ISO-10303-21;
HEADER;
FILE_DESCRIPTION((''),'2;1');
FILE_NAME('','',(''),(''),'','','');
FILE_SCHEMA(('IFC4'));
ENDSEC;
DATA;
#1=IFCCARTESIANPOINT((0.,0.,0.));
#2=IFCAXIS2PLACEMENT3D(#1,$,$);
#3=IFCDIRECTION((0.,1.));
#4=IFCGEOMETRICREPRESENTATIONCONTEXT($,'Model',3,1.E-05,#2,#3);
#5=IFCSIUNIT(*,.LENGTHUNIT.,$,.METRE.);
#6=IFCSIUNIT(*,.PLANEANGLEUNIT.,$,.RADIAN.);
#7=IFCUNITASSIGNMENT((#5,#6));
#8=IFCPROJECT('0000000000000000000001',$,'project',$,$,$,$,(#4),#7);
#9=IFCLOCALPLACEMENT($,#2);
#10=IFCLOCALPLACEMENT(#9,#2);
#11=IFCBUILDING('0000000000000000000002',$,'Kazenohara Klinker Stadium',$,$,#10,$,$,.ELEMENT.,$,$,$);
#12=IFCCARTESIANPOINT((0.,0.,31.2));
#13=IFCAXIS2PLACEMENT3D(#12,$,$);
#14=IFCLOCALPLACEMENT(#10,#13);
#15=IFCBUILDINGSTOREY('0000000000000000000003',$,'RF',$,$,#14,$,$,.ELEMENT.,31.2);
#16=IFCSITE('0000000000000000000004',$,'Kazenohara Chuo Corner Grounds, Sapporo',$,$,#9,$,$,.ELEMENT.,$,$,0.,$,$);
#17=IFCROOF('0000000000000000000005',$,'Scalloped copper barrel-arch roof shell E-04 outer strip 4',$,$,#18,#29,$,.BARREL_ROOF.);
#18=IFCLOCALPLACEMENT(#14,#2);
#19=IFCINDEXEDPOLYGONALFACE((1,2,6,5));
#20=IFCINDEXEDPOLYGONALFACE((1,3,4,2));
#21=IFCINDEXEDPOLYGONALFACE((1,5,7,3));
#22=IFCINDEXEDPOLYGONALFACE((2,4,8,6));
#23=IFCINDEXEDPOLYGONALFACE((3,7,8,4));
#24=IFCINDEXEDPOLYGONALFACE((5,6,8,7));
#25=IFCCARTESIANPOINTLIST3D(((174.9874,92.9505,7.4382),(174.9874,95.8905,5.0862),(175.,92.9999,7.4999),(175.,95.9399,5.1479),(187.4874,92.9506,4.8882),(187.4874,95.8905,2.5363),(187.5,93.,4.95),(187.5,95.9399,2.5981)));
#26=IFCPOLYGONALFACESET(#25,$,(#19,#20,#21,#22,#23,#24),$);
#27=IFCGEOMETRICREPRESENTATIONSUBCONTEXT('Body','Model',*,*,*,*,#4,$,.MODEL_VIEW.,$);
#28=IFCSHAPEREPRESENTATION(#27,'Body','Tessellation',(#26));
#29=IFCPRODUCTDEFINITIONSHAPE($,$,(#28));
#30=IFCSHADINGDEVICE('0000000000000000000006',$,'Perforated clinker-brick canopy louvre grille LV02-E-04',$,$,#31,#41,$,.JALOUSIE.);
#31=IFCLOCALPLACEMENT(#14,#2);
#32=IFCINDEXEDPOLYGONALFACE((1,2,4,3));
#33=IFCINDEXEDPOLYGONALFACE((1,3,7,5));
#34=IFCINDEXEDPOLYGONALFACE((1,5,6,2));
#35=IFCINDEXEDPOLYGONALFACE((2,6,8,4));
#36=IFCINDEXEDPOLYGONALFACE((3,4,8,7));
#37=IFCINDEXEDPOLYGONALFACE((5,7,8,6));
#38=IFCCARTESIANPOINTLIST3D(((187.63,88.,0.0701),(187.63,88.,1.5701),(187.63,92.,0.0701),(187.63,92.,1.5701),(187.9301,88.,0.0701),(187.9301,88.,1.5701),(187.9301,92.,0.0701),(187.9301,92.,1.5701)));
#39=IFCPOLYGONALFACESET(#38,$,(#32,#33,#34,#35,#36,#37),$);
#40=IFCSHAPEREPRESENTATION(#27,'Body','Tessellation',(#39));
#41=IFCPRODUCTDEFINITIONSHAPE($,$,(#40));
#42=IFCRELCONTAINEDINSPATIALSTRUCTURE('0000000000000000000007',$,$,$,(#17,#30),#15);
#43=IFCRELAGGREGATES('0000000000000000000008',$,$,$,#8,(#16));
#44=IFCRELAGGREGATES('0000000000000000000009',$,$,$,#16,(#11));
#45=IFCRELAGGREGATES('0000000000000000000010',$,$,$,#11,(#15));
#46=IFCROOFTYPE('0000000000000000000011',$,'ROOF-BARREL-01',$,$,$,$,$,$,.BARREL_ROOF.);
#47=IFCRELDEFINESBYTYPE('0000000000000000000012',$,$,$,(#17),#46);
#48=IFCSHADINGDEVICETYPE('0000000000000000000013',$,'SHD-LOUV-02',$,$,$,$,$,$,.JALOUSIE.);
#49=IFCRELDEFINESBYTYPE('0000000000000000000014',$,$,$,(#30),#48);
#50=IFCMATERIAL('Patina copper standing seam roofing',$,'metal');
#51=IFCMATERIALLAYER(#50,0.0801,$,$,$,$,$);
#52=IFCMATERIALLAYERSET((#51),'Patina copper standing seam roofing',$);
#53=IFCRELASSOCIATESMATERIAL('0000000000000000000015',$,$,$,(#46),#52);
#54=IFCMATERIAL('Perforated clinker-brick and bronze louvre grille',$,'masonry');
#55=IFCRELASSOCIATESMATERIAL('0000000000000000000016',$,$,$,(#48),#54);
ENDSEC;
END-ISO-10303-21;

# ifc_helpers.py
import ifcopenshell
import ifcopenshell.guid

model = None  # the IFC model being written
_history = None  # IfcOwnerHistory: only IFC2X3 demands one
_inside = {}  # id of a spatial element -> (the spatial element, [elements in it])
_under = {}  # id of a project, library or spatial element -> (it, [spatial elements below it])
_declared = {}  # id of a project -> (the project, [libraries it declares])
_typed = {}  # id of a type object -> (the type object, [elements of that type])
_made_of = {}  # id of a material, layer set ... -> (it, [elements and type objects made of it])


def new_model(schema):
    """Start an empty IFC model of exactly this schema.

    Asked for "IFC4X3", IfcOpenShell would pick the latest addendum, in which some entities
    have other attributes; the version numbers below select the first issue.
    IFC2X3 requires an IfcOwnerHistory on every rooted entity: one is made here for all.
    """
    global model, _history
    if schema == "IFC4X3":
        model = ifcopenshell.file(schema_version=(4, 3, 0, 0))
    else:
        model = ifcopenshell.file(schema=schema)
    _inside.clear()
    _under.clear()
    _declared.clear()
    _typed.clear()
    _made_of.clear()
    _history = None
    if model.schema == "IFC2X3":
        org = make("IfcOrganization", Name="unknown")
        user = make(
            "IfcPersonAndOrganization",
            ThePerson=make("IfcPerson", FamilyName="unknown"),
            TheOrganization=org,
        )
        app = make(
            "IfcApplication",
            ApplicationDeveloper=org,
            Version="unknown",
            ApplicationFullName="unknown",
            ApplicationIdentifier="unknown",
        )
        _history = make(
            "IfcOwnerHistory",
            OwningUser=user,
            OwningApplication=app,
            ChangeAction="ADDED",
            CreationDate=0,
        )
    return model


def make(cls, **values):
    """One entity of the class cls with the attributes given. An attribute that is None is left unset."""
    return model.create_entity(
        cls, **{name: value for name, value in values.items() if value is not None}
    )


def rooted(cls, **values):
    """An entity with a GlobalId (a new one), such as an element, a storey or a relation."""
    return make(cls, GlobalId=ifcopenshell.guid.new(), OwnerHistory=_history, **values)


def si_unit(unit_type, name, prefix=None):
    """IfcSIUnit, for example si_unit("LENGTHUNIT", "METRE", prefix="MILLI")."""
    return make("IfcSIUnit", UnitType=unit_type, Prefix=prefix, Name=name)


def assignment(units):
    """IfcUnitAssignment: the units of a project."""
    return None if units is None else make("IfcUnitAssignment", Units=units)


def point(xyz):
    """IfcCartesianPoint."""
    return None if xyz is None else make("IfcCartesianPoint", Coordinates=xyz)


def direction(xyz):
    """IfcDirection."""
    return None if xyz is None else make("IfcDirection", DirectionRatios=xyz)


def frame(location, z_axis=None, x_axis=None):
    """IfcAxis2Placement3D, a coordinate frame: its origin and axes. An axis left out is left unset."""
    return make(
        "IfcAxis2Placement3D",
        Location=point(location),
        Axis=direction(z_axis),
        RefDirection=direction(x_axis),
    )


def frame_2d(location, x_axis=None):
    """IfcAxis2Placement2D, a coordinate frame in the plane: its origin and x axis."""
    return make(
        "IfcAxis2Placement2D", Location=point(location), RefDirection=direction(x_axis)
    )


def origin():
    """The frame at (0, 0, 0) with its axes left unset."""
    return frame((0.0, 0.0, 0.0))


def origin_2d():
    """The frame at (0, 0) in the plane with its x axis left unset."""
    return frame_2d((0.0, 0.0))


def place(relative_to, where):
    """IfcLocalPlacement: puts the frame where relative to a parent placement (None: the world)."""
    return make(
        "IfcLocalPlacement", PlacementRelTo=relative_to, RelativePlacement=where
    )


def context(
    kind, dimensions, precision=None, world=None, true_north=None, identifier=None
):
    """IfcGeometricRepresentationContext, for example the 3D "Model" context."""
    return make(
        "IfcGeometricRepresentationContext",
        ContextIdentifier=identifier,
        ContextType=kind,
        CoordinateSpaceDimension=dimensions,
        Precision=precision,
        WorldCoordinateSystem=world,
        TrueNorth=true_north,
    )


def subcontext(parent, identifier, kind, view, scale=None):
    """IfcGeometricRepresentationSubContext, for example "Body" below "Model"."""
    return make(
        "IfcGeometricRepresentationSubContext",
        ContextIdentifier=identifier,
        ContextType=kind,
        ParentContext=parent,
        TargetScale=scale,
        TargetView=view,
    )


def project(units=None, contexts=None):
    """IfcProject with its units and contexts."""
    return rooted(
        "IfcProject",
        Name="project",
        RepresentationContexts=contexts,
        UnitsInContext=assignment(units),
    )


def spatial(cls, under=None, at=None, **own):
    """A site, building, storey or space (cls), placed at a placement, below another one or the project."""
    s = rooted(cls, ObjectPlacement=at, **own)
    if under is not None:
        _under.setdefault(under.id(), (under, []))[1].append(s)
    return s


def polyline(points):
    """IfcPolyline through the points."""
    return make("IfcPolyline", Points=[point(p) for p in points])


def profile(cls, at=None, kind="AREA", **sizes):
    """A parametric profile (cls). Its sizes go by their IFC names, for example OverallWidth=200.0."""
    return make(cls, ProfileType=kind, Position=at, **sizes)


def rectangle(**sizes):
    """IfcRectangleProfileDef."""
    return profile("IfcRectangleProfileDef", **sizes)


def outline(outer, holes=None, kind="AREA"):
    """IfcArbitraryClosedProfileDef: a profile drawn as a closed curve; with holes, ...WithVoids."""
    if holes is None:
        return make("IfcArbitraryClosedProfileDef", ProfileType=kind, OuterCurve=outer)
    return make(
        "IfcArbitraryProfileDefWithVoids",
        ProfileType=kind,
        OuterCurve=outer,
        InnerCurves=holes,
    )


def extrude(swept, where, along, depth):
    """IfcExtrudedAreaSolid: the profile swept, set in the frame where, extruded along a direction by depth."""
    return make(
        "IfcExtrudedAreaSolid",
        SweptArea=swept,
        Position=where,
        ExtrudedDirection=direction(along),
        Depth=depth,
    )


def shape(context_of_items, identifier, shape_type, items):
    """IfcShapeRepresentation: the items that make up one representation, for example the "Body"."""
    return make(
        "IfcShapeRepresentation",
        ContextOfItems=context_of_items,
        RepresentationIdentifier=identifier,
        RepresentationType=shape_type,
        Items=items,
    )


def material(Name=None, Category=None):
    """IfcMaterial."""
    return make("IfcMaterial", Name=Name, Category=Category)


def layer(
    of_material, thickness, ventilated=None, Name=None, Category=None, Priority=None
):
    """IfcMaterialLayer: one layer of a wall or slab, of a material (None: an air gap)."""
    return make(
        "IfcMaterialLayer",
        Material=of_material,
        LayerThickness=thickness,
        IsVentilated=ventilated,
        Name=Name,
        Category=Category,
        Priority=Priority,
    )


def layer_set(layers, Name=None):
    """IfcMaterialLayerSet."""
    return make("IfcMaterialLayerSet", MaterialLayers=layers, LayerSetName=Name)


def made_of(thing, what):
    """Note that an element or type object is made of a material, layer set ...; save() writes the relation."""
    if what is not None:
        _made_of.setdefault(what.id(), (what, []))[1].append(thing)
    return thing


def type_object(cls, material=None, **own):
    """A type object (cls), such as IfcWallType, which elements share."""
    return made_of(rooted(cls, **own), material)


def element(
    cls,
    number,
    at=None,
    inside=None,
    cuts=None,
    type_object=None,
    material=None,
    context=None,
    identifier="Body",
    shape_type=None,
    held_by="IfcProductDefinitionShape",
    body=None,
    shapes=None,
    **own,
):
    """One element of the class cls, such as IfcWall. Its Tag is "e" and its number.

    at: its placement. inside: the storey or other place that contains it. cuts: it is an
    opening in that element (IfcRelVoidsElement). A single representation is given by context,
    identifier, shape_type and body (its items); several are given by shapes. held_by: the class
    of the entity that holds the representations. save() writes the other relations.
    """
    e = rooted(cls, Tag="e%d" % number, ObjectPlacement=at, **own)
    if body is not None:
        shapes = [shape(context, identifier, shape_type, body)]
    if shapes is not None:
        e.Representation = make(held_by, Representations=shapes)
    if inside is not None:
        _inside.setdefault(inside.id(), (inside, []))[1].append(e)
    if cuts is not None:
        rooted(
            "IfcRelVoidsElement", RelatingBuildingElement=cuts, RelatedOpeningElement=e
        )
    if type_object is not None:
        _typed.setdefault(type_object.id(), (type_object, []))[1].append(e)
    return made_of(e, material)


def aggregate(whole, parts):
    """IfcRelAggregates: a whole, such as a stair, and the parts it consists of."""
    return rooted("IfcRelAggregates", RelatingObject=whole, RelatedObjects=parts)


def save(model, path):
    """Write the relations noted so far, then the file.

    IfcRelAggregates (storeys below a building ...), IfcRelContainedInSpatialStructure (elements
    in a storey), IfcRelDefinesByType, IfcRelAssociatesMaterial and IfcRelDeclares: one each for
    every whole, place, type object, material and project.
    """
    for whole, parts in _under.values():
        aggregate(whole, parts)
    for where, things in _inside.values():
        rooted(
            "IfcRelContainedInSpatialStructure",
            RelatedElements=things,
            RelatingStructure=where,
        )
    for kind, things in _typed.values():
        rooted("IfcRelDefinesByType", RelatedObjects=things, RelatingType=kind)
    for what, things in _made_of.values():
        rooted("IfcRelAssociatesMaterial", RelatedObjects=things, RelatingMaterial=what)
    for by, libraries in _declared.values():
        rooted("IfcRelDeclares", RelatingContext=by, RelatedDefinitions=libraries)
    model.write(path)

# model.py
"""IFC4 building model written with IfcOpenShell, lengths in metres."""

from ifc_helpers import new_model, si_unit, direction, frame, origin, origin_2d, place, context, subcontext, project, spatial, polyline, rectangle, outline, extrude, material, layer, layer_set, type_object, element, save


model = new_model("IFC4")

# Units and contexts
model_context = context("Model", 3, precision=1e-05, world=origin(), true_north=direction((0.0, 1.0)))
body_context = subcontext(model_context, "Body", "Model", "MODEL_VIEW")
ifc_project = project(units=[si_unit("LENGTHUNIT", "METRE"), si_unit("PLANEANGLEUNIT", "RADIAN")], contexts=[model_context])

# Site, building, storey
site_placement = place(None, origin())
site = spatial("IfcSite", under=ifc_project, at=site_placement, Name="Kazenohara Chuo Corner Grounds, Sapporo", CompositionType="ELEMENT", RefElevation=0.0)
building_placement = place(site_placement, origin())
building = spatial("IfcBuilding", under=site, at=building_placement, Name="Kazenohara Klinker Stadium", CompositionType="ELEMENT")
storey_placement = place(building_placement, frame((0.0, 0.0, 31.2)))
storey = spatial("IfcBuildingStorey", under=building, at=storey_placement, Name="RF", CompositionType="ELEMENT", Elevation=31.2)

# Roof
ifc_material_1 = material(Name="Patina copper standing seam roofing", Category="metal")
ifc_layer_1 = layer(ifc_material_1, 0.0801)
ifc_layer_set_1 = layer_set([ifc_layer_1], Name="Patina copper standing seam roofing")
roof_type = type_object("IfcRoofType", Name="ROOF-BARREL-01", PredefinedType="BARREL_ROOF", material=ifc_layer_set_1)
roof_1_placement = place(storey_placement, frame((187.5, 93.0, 4.95), z_axis=(0.15731, 0.616913, 0.77115), x_axis=(-0.97982, -0.000005, 0.199881)))
element("IfcRoof", 1, at=roof_1_placement, inside=storey, type_object=roof_type, Name="Scalloped copper barrel-arch roof shell E-04 outer strip 4", PredefinedType="BARREL_ROOF", context=body_context, shape_type="SweptSolid", body=[
    extrude(outline(polyline([(0.0, 0.0), (12.7575, 0.0), (12.2873, -3.7356), (-0.4701, -3.7354), (0.0, 0.0)])), origin(), (0.0, 0.0, -1.0), 0.0801),
])

# Shading device
ifc_material_2 = material(Name="Perforated clinker-brick and bronze louvre grille", Category="masonry")
shading_device_type = type_object("IfcShadingDeviceType", Name="SHD-LOUV-02", PredefinedType="JALOUSIE", material=ifc_material_2)
shading_device_placement = place(storey_placement, frame((187.78, 90.0, 0.0701), z_axis=(0.0, 0.0, 1.0), x_axis=(0.0, 1.0, 0.0)))
element("IfcShadingDevice", 2, at=shading_device_placement, inside=storey, type_object=shading_device_type, Name="Perforated clinker-brick canopy louvre grille LV02-E-04", PredefinedType="JALOUSIE", context=body_context, shape_type="SweptSolid", body=[
    extrude(rectangle(XDim=4.0, YDim=0.3, at=origin_2d()), origin(), (0.0, 0.0, 1.0), 1.5),
])

save(model, "model.ifc")
